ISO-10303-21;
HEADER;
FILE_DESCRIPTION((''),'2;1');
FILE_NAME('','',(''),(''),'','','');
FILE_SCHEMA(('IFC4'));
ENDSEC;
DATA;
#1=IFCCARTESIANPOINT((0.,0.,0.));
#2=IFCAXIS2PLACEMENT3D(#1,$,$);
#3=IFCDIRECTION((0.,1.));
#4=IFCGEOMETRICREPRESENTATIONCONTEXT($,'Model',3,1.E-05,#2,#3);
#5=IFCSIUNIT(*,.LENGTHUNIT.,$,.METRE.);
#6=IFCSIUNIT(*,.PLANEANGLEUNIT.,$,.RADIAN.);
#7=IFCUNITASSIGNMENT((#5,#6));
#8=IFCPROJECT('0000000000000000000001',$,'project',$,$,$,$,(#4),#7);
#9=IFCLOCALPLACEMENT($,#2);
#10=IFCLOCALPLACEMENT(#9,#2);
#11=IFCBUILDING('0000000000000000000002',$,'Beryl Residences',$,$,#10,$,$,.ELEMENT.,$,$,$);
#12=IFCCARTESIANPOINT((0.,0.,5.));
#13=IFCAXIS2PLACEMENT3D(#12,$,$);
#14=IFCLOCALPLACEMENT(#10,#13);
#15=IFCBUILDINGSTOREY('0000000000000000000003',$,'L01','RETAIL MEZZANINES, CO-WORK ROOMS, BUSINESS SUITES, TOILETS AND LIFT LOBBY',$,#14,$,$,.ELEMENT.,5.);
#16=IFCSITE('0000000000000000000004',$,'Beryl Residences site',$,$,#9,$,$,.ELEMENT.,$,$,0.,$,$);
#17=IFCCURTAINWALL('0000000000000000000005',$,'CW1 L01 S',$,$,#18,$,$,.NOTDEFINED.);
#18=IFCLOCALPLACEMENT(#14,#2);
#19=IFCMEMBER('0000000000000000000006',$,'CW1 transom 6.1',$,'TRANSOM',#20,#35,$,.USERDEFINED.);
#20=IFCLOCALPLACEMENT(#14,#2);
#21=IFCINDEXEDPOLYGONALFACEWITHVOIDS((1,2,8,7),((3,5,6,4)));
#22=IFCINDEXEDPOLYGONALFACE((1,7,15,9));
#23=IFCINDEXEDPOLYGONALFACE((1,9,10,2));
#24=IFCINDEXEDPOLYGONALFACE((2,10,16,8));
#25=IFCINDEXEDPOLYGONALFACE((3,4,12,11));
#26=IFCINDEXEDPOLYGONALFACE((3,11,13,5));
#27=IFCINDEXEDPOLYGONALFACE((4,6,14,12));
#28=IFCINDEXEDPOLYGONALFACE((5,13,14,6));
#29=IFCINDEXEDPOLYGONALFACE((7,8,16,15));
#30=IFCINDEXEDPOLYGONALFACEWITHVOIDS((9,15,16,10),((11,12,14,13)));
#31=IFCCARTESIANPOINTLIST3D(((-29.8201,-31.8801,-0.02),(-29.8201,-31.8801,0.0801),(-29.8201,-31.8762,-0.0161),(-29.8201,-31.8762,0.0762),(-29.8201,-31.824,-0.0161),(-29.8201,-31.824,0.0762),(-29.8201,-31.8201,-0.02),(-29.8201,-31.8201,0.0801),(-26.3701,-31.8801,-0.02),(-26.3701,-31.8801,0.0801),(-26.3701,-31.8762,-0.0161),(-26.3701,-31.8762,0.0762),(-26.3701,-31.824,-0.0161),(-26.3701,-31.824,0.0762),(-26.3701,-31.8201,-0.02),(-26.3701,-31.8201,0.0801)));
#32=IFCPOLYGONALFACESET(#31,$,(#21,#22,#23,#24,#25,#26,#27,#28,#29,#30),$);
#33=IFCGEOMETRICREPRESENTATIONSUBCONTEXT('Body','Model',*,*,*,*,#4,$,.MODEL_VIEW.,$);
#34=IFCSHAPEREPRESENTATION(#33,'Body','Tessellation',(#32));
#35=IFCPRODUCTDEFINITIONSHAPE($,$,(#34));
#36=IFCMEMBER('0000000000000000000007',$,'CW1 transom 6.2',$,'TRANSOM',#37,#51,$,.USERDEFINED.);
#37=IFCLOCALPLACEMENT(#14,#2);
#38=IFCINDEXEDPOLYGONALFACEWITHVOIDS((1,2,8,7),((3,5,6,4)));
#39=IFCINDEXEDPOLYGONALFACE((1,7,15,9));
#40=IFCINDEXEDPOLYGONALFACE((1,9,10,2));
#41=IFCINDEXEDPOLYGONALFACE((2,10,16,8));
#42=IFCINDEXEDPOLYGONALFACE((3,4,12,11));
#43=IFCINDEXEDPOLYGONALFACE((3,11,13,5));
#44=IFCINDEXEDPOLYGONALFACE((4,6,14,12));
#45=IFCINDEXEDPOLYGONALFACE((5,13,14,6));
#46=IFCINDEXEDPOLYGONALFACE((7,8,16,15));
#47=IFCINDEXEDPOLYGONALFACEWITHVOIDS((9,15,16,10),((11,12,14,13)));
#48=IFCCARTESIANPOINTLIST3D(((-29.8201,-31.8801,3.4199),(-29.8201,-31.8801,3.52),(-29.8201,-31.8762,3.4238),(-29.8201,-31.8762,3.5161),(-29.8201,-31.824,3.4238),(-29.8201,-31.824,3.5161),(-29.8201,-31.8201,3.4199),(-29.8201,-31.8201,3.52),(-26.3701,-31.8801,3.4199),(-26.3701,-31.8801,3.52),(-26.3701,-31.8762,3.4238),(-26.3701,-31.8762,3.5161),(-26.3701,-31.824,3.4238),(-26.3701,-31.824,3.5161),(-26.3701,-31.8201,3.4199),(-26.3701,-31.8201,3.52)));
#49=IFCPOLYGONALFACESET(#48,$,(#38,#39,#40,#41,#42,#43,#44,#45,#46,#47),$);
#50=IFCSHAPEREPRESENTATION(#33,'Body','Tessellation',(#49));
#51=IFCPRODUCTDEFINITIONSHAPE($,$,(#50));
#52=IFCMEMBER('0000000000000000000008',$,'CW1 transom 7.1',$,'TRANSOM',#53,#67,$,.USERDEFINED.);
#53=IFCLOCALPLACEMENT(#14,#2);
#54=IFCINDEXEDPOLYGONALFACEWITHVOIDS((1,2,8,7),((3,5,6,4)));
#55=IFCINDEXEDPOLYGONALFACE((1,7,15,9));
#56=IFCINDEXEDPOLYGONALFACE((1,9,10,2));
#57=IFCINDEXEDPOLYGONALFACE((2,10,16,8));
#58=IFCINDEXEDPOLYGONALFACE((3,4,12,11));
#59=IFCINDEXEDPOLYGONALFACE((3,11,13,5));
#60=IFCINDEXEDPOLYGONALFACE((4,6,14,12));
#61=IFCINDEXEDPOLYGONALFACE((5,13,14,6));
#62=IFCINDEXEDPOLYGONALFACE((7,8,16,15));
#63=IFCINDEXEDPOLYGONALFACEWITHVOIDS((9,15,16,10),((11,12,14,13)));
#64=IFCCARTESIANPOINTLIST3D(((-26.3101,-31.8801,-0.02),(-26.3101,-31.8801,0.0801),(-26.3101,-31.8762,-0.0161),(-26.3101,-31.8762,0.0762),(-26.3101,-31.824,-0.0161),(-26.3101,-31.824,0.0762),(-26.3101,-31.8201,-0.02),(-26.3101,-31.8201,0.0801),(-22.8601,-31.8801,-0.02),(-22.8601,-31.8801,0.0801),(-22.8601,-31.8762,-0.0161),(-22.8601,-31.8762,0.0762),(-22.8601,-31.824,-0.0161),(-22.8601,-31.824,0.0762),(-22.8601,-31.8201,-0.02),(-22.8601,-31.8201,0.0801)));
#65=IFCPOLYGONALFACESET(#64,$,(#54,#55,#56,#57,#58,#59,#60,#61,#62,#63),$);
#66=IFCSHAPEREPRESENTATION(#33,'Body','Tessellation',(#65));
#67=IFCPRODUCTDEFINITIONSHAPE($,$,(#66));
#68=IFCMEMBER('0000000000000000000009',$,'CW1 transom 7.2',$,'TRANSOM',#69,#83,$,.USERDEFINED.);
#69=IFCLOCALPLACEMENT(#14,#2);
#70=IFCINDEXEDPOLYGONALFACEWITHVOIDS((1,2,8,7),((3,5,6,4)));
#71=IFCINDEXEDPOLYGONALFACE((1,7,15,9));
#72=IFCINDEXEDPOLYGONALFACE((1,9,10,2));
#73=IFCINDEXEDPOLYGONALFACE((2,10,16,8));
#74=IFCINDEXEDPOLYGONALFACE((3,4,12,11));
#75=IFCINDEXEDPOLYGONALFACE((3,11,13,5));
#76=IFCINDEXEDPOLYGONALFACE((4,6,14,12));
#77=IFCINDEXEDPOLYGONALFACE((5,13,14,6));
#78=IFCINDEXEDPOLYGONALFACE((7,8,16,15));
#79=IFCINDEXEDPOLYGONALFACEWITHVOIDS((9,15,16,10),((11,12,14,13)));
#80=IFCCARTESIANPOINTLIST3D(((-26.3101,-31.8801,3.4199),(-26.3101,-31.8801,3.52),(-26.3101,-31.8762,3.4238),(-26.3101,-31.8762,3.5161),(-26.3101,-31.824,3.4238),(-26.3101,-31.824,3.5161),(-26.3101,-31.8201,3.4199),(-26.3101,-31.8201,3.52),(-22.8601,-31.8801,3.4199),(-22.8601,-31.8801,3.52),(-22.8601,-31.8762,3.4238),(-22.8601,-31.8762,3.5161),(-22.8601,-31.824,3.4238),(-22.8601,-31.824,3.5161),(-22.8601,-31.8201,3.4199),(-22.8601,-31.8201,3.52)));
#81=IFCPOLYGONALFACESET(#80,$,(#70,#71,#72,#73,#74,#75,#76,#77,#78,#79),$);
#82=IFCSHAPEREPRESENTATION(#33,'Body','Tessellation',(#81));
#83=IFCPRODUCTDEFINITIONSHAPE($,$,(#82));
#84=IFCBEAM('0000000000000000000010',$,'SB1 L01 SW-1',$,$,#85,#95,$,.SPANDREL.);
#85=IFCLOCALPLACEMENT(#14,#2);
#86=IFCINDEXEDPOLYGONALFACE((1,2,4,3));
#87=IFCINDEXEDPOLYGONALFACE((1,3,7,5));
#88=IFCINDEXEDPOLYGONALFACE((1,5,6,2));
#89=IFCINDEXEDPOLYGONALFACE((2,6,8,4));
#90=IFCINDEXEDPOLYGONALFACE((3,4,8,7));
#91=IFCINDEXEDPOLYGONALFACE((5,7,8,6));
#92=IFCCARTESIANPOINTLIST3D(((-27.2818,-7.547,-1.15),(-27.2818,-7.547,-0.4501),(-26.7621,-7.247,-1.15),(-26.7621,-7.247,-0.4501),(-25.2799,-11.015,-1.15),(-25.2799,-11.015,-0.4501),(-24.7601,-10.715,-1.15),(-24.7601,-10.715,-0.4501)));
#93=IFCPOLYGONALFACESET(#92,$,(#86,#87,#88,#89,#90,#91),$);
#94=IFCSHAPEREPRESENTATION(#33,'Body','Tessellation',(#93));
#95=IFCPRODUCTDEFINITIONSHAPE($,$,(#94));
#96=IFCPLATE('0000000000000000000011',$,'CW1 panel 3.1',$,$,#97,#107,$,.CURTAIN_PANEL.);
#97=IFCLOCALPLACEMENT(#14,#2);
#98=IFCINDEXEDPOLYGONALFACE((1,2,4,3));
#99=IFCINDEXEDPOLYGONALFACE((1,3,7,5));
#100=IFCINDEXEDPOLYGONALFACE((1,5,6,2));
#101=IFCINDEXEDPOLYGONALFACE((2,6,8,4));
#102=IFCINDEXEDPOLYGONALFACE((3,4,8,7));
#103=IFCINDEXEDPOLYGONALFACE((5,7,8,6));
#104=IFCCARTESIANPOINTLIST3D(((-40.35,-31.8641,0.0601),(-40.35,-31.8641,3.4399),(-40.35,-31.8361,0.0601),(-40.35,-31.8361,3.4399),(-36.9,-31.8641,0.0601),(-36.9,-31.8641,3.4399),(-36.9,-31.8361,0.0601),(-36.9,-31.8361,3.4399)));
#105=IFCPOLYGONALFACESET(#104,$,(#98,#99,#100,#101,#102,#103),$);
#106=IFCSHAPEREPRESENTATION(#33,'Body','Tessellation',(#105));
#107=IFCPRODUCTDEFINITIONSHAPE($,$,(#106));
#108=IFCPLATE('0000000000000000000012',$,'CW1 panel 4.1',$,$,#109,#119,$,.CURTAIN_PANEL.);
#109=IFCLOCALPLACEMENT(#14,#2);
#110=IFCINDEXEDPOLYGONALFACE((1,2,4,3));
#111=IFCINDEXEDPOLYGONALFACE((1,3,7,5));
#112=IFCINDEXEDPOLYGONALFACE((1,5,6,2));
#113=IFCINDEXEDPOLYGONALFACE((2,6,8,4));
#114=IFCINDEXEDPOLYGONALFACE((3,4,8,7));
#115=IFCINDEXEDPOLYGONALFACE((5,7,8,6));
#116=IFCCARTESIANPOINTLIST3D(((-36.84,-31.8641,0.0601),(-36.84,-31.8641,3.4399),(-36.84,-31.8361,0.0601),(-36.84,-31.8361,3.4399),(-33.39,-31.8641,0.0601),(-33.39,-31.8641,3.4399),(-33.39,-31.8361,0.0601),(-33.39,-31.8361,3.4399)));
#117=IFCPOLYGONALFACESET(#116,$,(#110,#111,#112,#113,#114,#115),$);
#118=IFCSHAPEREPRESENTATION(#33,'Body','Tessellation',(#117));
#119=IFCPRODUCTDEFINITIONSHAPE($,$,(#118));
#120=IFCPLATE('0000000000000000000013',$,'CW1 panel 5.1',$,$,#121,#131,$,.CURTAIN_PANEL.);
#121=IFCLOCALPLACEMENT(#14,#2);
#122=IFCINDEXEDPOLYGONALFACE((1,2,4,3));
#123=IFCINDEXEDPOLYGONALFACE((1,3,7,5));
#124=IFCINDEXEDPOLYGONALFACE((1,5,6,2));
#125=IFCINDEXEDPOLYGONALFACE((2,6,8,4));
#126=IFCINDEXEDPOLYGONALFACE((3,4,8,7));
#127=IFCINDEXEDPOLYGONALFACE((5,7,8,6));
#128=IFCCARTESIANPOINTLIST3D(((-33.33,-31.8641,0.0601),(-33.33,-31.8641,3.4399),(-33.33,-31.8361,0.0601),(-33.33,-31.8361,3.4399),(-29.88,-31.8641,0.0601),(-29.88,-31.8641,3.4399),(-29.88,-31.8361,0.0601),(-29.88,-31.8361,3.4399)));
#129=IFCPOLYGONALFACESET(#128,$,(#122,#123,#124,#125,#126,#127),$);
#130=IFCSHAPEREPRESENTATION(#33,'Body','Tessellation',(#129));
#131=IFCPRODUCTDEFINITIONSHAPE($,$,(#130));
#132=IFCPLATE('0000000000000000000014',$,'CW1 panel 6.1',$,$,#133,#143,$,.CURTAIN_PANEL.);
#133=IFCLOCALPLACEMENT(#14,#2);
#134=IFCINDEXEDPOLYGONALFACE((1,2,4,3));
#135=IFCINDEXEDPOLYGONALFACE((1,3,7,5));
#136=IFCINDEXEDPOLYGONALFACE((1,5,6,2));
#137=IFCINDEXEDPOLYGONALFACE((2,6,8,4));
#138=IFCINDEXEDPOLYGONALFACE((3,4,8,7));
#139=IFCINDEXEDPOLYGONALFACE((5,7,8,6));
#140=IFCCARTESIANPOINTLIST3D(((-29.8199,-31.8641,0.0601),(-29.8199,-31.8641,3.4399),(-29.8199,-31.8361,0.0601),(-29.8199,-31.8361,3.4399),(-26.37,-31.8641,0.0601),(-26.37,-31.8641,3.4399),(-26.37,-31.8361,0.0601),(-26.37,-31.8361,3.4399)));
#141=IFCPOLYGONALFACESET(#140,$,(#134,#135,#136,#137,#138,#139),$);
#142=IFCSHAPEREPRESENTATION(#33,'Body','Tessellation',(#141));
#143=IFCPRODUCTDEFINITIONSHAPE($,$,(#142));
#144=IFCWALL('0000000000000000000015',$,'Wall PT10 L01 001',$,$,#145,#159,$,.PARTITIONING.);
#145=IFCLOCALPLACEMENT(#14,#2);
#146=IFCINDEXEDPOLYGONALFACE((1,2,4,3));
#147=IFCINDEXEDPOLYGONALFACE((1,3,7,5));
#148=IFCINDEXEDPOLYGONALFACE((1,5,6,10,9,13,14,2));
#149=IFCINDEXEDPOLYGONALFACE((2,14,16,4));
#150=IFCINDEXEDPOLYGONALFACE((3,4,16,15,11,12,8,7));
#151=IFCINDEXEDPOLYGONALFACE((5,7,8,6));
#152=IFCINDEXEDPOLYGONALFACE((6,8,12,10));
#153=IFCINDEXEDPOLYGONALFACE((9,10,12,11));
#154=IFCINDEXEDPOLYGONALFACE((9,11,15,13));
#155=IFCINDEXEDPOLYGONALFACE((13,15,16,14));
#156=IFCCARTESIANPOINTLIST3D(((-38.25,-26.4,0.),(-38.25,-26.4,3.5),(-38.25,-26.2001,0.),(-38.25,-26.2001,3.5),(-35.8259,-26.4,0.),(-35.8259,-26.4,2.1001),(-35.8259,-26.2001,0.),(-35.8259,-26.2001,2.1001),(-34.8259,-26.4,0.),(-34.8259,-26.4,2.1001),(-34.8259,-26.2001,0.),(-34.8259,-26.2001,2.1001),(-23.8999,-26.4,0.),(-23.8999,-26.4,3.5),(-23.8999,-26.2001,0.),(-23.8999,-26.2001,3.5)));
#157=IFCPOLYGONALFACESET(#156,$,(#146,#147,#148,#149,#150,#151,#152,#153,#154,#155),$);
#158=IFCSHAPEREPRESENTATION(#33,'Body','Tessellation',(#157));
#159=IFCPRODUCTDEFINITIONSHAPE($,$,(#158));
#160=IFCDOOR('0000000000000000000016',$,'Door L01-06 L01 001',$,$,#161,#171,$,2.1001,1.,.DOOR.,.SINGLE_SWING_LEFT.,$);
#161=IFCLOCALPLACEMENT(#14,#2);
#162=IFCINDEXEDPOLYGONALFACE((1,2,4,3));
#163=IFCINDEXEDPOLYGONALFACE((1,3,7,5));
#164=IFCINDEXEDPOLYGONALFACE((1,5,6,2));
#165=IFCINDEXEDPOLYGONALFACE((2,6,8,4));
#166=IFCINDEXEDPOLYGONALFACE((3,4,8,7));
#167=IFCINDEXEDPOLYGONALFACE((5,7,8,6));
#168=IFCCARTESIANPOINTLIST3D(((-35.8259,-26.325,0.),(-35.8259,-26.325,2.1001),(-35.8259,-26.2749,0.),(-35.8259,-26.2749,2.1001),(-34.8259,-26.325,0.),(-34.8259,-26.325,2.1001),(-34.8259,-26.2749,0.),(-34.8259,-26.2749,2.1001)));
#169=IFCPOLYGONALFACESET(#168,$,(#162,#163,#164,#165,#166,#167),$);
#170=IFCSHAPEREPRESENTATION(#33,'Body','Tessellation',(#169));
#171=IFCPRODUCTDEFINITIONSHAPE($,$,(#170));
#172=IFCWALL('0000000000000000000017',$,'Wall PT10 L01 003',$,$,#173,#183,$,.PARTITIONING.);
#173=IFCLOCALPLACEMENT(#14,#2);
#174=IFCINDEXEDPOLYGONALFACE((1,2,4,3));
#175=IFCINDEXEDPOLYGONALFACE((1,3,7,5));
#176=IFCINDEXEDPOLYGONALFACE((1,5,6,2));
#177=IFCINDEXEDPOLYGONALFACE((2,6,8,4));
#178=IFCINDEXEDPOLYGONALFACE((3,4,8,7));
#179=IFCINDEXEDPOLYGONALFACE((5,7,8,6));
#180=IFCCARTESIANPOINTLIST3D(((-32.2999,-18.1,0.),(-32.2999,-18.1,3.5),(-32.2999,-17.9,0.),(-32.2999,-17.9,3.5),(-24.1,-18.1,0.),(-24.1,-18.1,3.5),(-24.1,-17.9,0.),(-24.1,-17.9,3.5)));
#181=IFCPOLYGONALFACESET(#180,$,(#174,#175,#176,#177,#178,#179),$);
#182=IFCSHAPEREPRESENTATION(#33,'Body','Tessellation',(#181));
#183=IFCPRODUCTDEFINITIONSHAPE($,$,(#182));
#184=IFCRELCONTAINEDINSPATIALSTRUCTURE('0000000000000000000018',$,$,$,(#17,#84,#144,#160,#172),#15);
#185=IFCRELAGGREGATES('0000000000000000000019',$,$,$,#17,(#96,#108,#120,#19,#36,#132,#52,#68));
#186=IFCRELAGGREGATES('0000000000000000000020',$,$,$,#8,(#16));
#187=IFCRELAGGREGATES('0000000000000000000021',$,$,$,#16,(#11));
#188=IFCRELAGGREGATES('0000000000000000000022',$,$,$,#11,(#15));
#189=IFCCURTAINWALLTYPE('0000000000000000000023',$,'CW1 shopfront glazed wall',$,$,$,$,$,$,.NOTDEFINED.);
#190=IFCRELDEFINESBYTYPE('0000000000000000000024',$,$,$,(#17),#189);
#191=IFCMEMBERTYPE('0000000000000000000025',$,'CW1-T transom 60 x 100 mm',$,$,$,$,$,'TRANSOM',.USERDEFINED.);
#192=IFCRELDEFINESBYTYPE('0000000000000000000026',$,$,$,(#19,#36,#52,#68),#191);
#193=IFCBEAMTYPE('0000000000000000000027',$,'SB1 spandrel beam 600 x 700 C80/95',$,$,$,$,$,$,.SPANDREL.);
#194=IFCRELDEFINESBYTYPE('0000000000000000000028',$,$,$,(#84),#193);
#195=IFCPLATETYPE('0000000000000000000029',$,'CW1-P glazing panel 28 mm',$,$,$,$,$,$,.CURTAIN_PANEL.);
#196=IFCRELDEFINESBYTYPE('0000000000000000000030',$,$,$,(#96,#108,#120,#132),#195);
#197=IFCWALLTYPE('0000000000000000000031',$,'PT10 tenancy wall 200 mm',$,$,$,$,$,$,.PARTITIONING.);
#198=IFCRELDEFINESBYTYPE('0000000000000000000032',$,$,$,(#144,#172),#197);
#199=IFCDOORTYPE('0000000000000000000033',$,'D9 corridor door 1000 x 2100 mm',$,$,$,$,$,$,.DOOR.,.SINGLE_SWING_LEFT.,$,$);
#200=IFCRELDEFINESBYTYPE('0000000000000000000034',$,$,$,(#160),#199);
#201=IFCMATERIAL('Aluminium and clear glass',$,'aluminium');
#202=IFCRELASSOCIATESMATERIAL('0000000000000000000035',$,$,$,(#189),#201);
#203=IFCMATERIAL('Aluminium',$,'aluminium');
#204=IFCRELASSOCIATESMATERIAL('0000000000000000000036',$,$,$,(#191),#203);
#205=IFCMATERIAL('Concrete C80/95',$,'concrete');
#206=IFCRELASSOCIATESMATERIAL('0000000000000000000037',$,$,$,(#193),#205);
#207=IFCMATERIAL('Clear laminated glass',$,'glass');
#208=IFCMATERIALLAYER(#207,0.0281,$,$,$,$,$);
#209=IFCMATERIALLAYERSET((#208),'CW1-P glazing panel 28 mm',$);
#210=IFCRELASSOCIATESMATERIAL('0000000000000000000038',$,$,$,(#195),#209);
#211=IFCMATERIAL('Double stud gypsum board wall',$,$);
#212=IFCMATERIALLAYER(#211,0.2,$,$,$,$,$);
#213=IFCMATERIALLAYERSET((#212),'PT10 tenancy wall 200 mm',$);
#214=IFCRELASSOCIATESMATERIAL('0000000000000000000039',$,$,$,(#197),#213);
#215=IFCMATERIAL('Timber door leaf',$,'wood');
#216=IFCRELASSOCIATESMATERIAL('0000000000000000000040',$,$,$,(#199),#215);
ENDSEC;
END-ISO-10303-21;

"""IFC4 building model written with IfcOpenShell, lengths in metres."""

from ifc_helpers import new_model, si_unit, direction, frame, frame_2d, origin, origin_2d, place, context, subcontext, project, spatial, rectangle, hollow_rectangle, extrude, material, layer, layer_set, material_profile, profile_set, type_object, element, fill, aggregate, save


model = new_model("IFC4")

# Units and contexts
model_context = context("Model", 3, precision=1e-05, world=origin(), true_north=direction((0.0, 1.0)))
body_context = subcontext(model_context, "Body", "Model", "MODEL_VIEW")
ifc_project = project(units=[si_unit("LENGTHUNIT", "METRE"), si_unit("PLANEANGLEUNIT", "RADIAN")], contexts=[model_context])

# Site, building, storey
site_placement = place(None, origin())
site = spatial("IfcSite", under=ifc_project, at=site_placement, Name="Beryl Residences site", CompositionType="ELEMENT", RefElevation=0.0)
building_placement = place(site_placement, origin())
building = spatial("IfcBuilding", under=site, at=building_placement, Name="Beryl Residences", CompositionType="ELEMENT")
storey_placement = place(building_placement, frame((0.0, 0.0, 5.0)))
storey = spatial("IfcBuildingStorey", under=building, at=storey_placement, Name="L01", Description="RETAIL MEZZANINES, CO-WORK ROOMS, BUSINESS SUITES, TOILETS AND LIFT LOBBY", CompositionType="ELEMENT", Elevation=5.0)

# Curtain wall, members
ifc_material_1 = material(Name="Aluminium and clear glass", Category="aluminium")
curtain_wall_type = type_object("IfcCurtainWallType", Name="CW1 shopfront glazed wall", PredefinedType="NOTDEFINED", material=ifc_material_1)
curtain_wall_placement = place(storey_placement, origin())
curtain_wall = element("IfcCurtainWall", 1, at=curtain_wall_placement, inside=storey, type_object=curtain_wall_type, Name="CW1 L01 S", PredefinedType="NOTDEFINED")
ifc_material_2 = material(Name="Aluminium", Category="aluminium")
ifc_material_profile_1 = material_profile(ifc_material_2, hollow_rectangle(XDim=0.0601, YDim=0.1001, WallThickness=0.0039, at=origin_2d()))
ifc_profile_set_1 = profile_set([ifc_material_profile_1], Name="Aluminium")
member_type_1 = type_object("IfcMemberType", Name="CW1-T transom 60 x 100 mm", ElementType="TRANSOM", PredefinedType="USERDEFINED", material=ifc_profile_set_1)
member_1_placement = place(storey_placement, frame((-29.8201, -31.8501, 0.03), z_axis=(1.0, 0.0, 0.0), x_axis=(0.0, 1.0, 0.0)))
member_1 = element("IfcMember", 2, at=member_1_placement, type_object=member_type_1, Name="CW1 transom 6.1", ObjectType="TRANSOM", PredefinedType="USERDEFINED", context=body_context, shape_type="SweptSolid", body=[
    extrude(hollow_rectangle(XDim=0.0601, YDim=0.1001, WallThickness=0.0039, at=origin_2d()), origin(), (0.0, 0.0, 1.0), 3.45),
])
member_2_placement = place(storey_placement, frame((-29.8201, -31.8501, 3.47), z_axis=(1.0, 0.0, 0.0), x_axis=(0.0, 1.0, 0.0)))
member_2 = element("IfcMember", 3, at=member_2_placement, type_object=member_type_1, Name="CW1 transom 6.2", ObjectType="TRANSOM", PredefinedType="USERDEFINED", context=body_context, shape_type="SweptSolid", body=[
    extrude(hollow_rectangle(XDim=0.0601, YDim=0.1001, WallThickness=0.0039, at=origin_2d()), origin(), (0.0, 0.0, 1.0), 3.45),
])
member_3_placement = place(storey_placement, frame((-26.3101, -31.8501, 0.03), z_axis=(1.0, 0.0, 0.0), x_axis=(0.0, 1.0, 0.0)))
member_3 = element("IfcMember", 4, at=member_3_placement, type_object=member_type_1, Name="CW1 transom 7.1", ObjectType="TRANSOM", PredefinedType="USERDEFINED", context=body_context, shape_type="SweptSolid", body=[
    extrude(hollow_rectangle(XDim=0.0601, YDim=0.1001, WallThickness=0.0039, at=origin_2d()), origin(), (0.0, 0.0, 1.0), 3.45),
])
member_4_placement = place(storey_placement, frame((-26.3101, -31.8501, 3.47), z_axis=(1.0, 0.0, 0.0), x_axis=(0.0, 1.0, 0.0)))
member_4 = element("IfcMember", 5, at=member_4_placement, type_object=member_type_1, Name="CW1 transom 7.2", ObjectType="TRANSOM", PredefinedType="USERDEFINED", context=body_context, shape_type="SweptSolid", body=[
    extrude(hollow_rectangle(XDim=0.0601, YDim=0.1001, WallThickness=0.0039, at=origin_2d()), origin(), (0.0, 0.0, 1.0), 3.45),
])

# Beam
ifc_material_3 = material(Name="Concrete C80/95", Category="concrete")
ifc_material_profile_2 = material_profile(ifc_material_3, rectangle(XDim=0.6001, YDim=0.7, at=origin_2d()))
ifc_profile_set_2 = profile_set([ifc_material_profile_2], Name="Concrete C80/95")
beam_type = type_object("IfcBeamType", Name="SB1 spandrel beam 600 x 700 C80/95", PredefinedType="SPANDREL", material=ifc_profile_set_2)
beam_placement = place(storey_placement, frame((-27.022, -7.397, -0.8), z_axis=(0.499942, -0.866059, 0.0), x_axis=(0.866059, 0.499942, 0.0)))
element("IfcBeam", 6, at=beam_placement, inside=storey, type_object=beam_type, Name="SB1 L01 SW-1", PredefinedType="SPANDREL", context=body_context, shape_type="SweptSolid", body=[
    extrude(rectangle(XDim=0.6001, YDim=0.7, at=origin_2d()), origin(), (0.0, 0.0, 1.0), 4.0044),
])

# Plates
ifc_material_4 = material(Name="Clear laminated glass", Category="glass")
ifc_layer_1 = layer(ifc_material_4, 0.0281)
ifc_layer_set_1 = layer_set([ifc_layer_1], Name="CW1-P glazing panel 28 mm")
plate_type = type_object("IfcPlateType", Name="CW1-P glazing panel 28 mm", PredefinedType="CURTAIN_PANEL", material=ifc_layer_set_1)
plate_1_placement = place(storey_placement, frame((-38.625, -31.8501, 0.0601), z_axis=(0.0, 0.0, 1.0), x_axis=(1.0, 0.0, 0.0)))
plate_1 = element("IfcPlate", 7, at=plate_1_placement, type_object=plate_type, Name="CW1 panel 3.1", PredefinedType="CURTAIN_PANEL", context=body_context, shape_type="SweptSolid", body=[
    extrude(rectangle(XDim=3.45, YDim=0.0281, at=origin_2d()), origin(), (0.0, 0.0, 1.0), 3.3799),
])
plate_2_placement = place(storey_placement, frame((-35.115, -31.8501, 0.0601), z_axis=(0.0, 0.0, 1.0), x_axis=(1.0, 0.0, 0.0)))
plate_2 = element("IfcPlate", 8, at=plate_2_placement, type_object=plate_type, Name="CW1 panel 4.1", PredefinedType="CURTAIN_PANEL", context=body_context, shape_type="SweptSolid", body=[
    extrude(rectangle(XDim=3.45, YDim=0.0281, at=origin_2d()), origin(), (0.0, 0.0, 1.0), 3.3799),
])
plate_3_placement = place(storey_placement, frame((-31.605, -31.8501, 0.0601), z_axis=(0.0, 0.0, 1.0), x_axis=(1.0, 0.0, 0.0)))
plate_3 = element("IfcPlate", 9, at=plate_3_placement, type_object=plate_type, Name="CW1 panel 5.1", PredefinedType="CURTAIN_PANEL", context=body_context, shape_type="SweptSolid", body=[
    extrude(rectangle(XDim=3.45, YDim=0.0281, at=origin_2d()), origin(), (0.0, 0.0, 1.0), 3.3799),
])
plate_4_placement = place(storey_placement, frame((-28.095, -31.8501, 0.0601), z_axis=(0.0, 0.0, 1.0), x_axis=(1.0, 0.0, 0.0)))
plate_4 = element("IfcPlate", 10, at=plate_4_placement, type_object=plate_type, Name="CW1 panel 6.1", PredefinedType="CURTAIN_PANEL", context=body_context, shape_type="SweptSolid", body=[
    extrude(rectangle(XDim=3.45, YDim=0.0281, at=origin_2d()), origin(), (0.0, 0.0, 1.0), 3.3799),
])
aggregate(curtain_wall, [plate_1, plate_2, plate_3, member_1, member_2, plate_4, member_3, member_4])

# Wall, opening, door
ifc_material_5 = material(Name="Double stud gypsum board wall")
ifc_layer_2 = layer(ifc_material_5, 0.2)
ifc_layer_set_2 = layer_set([ifc_layer_2], Name="PT10 tenancy wall 200 mm")
wall_type_1 = type_object("IfcWallType", Name="PT10 tenancy wall 200 mm", PredefinedType="PARTITIONING", material=ifc_layer_set_2)
wall_1_placement = place(storey_placement, frame((-38.25, -26.3, 0.0), z_axis=(0.0, 0.0, 1.0), x_axis=(1.0, 0.0, 0.0)))
wall_1 = element("IfcWall", 11, at=wall_1_placement, inside=storey, type_object=wall_type_1, Name="Wall PT10 L01 001", PredefinedType="PARTITIONING", context=body_context, shape_type="SweptSolid", body=[
    extrude(rectangle(XDim=14.3501, YDim=0.2, at=frame_2d((7.175, 0.0))), origin(), (0.0, 0.0, 1.0), 3.5),
])
opening_1_placement = place(wall_1_placement, frame((3.4241, 0.0, 0.0), z_axis=(0.0, 0.0, 1.0), x_axis=(-1.0, 0.0, 0.0)))
opening_1 = element("IfcOpeningElement", 12, at=opening_1_placement, cuts=wall_1, PredefinedType="OPENING", context=body_context, shape_type="SweptSolid", body=[
    extrude(rectangle(XDim=1.0, YDim=2.1001, at=frame_2d((0.5, 1.05))), frame((0.0, 0.1099, 0.0), z_axis=(0.0, -1.0, 0.0), x_axis=(1.0, 0.0, 0.0)), (0.0, 0.0, 1.0), 0.22),
])
ifc_material_6 = material(Name="Timber door leaf", Category="wood")
door_type_1 = type_object("IfcDoorType", Name="D9 corridor door 1000 x 2100 mm", OperationType="SINGLE_SWING_LEFT", PredefinedType="DOOR", material=ifc_material_6)
door_1_placement = place(opening_1_placement, origin())
door_1 = element("IfcDoor", 13, at=door_1_placement, inside=storey, type_object=door_type_1, Name="Door L01-06 L01 001", OperationType="SINGLE_SWING_LEFT", OverallHeight=2.1001, OverallWidth=1.0, PredefinedType="DOOR", context=body_context, shape_type="SweptSolid", body=[
    extrude(rectangle(XDim=1.0, YDim=2.1001, at=frame_2d((0.5, 1.05))), frame((0.0, 0.0249, 0.0), z_axis=(0.0, -1.0, 0.0), x_axis=(1.0, 0.0, 0.0)), (0.0, 0.0, 1.0), 0.05),
])
fill(opening_1, door_1)

# Wall
wall_2_placement = place(storey_placement, frame((-32.3, -18.0, 0.0), z_axis=(0.0, 0.0, 1.0), x_axis=(1.0, 0.0, 0.0)))
element("IfcWall", 14, at=wall_2_placement, inside=storey, type_object=wall_type_1, Name="Wall PT10 L01 003", PredefinedType="PARTITIONING", context=body_context, shape_type="SweptSolid", body=[
    extrude(rectangle(XDim=8.2, YDim=0.2, at=frame_2d((4.1001, 0.0))), origin(), (0.0, 0.0, 1.0), 3.5),
])

save(model, "model.ifc")
